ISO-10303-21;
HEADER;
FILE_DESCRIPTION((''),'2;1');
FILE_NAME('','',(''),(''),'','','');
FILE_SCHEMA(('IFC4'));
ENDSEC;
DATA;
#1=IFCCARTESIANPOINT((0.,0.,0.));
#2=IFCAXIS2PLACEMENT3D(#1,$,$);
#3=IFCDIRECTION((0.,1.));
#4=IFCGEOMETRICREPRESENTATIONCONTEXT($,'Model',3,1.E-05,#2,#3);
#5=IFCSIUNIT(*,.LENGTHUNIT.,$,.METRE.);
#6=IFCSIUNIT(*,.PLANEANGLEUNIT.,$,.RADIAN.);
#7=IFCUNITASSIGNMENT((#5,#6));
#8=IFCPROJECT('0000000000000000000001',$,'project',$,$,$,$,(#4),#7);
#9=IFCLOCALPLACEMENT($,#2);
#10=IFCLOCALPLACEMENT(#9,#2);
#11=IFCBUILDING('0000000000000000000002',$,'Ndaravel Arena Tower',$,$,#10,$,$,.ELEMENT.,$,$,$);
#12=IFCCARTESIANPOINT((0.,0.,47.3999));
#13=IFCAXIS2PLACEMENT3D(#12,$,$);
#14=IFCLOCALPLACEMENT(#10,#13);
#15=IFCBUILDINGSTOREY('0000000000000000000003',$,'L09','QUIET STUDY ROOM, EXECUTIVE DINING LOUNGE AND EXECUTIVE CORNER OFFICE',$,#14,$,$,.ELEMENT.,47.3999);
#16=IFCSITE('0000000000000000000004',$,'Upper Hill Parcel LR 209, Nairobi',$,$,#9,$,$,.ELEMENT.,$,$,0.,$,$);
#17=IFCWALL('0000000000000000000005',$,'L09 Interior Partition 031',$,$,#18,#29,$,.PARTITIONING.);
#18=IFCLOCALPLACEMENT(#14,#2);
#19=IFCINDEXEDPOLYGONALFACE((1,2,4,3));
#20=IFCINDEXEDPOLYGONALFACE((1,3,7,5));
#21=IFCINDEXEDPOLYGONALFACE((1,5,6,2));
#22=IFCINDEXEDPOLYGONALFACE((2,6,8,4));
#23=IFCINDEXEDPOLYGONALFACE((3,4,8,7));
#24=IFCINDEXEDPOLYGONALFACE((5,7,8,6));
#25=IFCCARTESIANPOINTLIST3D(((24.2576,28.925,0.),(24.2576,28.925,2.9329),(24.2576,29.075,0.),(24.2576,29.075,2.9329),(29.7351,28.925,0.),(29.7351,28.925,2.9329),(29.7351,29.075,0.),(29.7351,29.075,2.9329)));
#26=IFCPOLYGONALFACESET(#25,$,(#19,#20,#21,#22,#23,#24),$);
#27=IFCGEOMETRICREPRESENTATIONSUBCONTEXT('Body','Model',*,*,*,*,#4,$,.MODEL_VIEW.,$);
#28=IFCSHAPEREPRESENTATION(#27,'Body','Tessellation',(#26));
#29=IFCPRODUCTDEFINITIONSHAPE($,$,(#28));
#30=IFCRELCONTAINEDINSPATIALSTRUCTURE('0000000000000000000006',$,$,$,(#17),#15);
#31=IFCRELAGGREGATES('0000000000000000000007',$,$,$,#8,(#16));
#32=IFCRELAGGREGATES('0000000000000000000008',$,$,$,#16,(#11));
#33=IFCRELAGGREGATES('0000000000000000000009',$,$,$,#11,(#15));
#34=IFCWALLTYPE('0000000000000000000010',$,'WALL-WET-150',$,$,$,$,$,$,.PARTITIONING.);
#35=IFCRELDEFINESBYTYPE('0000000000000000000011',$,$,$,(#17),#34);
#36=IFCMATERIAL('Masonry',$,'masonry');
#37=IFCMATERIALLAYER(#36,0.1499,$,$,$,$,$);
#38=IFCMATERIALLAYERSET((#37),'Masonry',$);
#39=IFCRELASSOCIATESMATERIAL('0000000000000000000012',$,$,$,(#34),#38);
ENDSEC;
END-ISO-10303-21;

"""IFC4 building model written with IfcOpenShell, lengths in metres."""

from ifc_helpers import new_model, si_unit, direction, frame, frame_2d, origin, place, context, subcontext, project, spatial, rectangle, extrude, material, layer, layer_set, type_object, element, save


model = new_model("IFC4")

# Units and contexts
model_context = context("Model", 3, precision=1e-05, world=origin(), true_north=direction((0.0, 1.0)))
body_context = subcontext(model_context, "Body", "Model", "MODEL_VIEW")
ifc_project = project(units=[si_unit("LENGTHUNIT", "METRE"), si_unit("PLANEANGLEUNIT", "RADIAN")], contexts=[model_context])

# Site, building, storey
site_placement = place(None, origin())
site = spatial("IfcSite", under=ifc_project, at=site_placement, Name="Upper Hill Parcel LR 209, Nairobi", CompositionType="ELEMENT", RefElevation=0.0)
building_placement = place(site_placement, origin())
building = spatial("IfcBuilding", under=site, at=building_placement, Name="Ndaravel Arena Tower", CompositionType="ELEMENT")
storey_placement = place(building_placement, frame((0.0, 0.0, 47.3999)))
storey = spatial("IfcBuildingStorey", under=building, at=storey_placement, Name="L09", Description="QUIET STUDY ROOM, EXECUTIVE DINING LOUNGE AND EXECUTIVE CORNER OFFICE", CompositionType="ELEMENT", Elevation=47.3999)

# Shared definitions
ifc_material_1 = material(Name="Masonry", Category="masonry")
ifc_layer_1 = layer(ifc_material_1, 0.1499)
ifc_layer_set_1 = layer_set([ifc_layer_1], Name="Masonry")
wall_type_1 = type_object("IfcWallType", Name="WALL-WET-150", PredefinedType="PARTITIONING", material=ifc_layer_set_1)

# Wall
wall_1_placement = place(storey_placement, frame((24.2576, 29.0, 0.0), z_axis=(0.0, 0.0, 1.0), x_axis=(1.0, 0.0, 0.0)))
element("IfcWall", 1, at=wall_1_placement, inside=storey, type_object=wall_type_1, Name="L09 Interior Partition 031", PredefinedType="PARTITIONING", context=body_context, shape_type="SweptSolid", body=[
    extrude(rectangle(XDim=5.4775, YDim=0.1499, at=frame_2d((2.7388, 0.0))), origin(), (0.0, 0.0, 1.0), 2.9329),
])

save(model, "model.ifc")
